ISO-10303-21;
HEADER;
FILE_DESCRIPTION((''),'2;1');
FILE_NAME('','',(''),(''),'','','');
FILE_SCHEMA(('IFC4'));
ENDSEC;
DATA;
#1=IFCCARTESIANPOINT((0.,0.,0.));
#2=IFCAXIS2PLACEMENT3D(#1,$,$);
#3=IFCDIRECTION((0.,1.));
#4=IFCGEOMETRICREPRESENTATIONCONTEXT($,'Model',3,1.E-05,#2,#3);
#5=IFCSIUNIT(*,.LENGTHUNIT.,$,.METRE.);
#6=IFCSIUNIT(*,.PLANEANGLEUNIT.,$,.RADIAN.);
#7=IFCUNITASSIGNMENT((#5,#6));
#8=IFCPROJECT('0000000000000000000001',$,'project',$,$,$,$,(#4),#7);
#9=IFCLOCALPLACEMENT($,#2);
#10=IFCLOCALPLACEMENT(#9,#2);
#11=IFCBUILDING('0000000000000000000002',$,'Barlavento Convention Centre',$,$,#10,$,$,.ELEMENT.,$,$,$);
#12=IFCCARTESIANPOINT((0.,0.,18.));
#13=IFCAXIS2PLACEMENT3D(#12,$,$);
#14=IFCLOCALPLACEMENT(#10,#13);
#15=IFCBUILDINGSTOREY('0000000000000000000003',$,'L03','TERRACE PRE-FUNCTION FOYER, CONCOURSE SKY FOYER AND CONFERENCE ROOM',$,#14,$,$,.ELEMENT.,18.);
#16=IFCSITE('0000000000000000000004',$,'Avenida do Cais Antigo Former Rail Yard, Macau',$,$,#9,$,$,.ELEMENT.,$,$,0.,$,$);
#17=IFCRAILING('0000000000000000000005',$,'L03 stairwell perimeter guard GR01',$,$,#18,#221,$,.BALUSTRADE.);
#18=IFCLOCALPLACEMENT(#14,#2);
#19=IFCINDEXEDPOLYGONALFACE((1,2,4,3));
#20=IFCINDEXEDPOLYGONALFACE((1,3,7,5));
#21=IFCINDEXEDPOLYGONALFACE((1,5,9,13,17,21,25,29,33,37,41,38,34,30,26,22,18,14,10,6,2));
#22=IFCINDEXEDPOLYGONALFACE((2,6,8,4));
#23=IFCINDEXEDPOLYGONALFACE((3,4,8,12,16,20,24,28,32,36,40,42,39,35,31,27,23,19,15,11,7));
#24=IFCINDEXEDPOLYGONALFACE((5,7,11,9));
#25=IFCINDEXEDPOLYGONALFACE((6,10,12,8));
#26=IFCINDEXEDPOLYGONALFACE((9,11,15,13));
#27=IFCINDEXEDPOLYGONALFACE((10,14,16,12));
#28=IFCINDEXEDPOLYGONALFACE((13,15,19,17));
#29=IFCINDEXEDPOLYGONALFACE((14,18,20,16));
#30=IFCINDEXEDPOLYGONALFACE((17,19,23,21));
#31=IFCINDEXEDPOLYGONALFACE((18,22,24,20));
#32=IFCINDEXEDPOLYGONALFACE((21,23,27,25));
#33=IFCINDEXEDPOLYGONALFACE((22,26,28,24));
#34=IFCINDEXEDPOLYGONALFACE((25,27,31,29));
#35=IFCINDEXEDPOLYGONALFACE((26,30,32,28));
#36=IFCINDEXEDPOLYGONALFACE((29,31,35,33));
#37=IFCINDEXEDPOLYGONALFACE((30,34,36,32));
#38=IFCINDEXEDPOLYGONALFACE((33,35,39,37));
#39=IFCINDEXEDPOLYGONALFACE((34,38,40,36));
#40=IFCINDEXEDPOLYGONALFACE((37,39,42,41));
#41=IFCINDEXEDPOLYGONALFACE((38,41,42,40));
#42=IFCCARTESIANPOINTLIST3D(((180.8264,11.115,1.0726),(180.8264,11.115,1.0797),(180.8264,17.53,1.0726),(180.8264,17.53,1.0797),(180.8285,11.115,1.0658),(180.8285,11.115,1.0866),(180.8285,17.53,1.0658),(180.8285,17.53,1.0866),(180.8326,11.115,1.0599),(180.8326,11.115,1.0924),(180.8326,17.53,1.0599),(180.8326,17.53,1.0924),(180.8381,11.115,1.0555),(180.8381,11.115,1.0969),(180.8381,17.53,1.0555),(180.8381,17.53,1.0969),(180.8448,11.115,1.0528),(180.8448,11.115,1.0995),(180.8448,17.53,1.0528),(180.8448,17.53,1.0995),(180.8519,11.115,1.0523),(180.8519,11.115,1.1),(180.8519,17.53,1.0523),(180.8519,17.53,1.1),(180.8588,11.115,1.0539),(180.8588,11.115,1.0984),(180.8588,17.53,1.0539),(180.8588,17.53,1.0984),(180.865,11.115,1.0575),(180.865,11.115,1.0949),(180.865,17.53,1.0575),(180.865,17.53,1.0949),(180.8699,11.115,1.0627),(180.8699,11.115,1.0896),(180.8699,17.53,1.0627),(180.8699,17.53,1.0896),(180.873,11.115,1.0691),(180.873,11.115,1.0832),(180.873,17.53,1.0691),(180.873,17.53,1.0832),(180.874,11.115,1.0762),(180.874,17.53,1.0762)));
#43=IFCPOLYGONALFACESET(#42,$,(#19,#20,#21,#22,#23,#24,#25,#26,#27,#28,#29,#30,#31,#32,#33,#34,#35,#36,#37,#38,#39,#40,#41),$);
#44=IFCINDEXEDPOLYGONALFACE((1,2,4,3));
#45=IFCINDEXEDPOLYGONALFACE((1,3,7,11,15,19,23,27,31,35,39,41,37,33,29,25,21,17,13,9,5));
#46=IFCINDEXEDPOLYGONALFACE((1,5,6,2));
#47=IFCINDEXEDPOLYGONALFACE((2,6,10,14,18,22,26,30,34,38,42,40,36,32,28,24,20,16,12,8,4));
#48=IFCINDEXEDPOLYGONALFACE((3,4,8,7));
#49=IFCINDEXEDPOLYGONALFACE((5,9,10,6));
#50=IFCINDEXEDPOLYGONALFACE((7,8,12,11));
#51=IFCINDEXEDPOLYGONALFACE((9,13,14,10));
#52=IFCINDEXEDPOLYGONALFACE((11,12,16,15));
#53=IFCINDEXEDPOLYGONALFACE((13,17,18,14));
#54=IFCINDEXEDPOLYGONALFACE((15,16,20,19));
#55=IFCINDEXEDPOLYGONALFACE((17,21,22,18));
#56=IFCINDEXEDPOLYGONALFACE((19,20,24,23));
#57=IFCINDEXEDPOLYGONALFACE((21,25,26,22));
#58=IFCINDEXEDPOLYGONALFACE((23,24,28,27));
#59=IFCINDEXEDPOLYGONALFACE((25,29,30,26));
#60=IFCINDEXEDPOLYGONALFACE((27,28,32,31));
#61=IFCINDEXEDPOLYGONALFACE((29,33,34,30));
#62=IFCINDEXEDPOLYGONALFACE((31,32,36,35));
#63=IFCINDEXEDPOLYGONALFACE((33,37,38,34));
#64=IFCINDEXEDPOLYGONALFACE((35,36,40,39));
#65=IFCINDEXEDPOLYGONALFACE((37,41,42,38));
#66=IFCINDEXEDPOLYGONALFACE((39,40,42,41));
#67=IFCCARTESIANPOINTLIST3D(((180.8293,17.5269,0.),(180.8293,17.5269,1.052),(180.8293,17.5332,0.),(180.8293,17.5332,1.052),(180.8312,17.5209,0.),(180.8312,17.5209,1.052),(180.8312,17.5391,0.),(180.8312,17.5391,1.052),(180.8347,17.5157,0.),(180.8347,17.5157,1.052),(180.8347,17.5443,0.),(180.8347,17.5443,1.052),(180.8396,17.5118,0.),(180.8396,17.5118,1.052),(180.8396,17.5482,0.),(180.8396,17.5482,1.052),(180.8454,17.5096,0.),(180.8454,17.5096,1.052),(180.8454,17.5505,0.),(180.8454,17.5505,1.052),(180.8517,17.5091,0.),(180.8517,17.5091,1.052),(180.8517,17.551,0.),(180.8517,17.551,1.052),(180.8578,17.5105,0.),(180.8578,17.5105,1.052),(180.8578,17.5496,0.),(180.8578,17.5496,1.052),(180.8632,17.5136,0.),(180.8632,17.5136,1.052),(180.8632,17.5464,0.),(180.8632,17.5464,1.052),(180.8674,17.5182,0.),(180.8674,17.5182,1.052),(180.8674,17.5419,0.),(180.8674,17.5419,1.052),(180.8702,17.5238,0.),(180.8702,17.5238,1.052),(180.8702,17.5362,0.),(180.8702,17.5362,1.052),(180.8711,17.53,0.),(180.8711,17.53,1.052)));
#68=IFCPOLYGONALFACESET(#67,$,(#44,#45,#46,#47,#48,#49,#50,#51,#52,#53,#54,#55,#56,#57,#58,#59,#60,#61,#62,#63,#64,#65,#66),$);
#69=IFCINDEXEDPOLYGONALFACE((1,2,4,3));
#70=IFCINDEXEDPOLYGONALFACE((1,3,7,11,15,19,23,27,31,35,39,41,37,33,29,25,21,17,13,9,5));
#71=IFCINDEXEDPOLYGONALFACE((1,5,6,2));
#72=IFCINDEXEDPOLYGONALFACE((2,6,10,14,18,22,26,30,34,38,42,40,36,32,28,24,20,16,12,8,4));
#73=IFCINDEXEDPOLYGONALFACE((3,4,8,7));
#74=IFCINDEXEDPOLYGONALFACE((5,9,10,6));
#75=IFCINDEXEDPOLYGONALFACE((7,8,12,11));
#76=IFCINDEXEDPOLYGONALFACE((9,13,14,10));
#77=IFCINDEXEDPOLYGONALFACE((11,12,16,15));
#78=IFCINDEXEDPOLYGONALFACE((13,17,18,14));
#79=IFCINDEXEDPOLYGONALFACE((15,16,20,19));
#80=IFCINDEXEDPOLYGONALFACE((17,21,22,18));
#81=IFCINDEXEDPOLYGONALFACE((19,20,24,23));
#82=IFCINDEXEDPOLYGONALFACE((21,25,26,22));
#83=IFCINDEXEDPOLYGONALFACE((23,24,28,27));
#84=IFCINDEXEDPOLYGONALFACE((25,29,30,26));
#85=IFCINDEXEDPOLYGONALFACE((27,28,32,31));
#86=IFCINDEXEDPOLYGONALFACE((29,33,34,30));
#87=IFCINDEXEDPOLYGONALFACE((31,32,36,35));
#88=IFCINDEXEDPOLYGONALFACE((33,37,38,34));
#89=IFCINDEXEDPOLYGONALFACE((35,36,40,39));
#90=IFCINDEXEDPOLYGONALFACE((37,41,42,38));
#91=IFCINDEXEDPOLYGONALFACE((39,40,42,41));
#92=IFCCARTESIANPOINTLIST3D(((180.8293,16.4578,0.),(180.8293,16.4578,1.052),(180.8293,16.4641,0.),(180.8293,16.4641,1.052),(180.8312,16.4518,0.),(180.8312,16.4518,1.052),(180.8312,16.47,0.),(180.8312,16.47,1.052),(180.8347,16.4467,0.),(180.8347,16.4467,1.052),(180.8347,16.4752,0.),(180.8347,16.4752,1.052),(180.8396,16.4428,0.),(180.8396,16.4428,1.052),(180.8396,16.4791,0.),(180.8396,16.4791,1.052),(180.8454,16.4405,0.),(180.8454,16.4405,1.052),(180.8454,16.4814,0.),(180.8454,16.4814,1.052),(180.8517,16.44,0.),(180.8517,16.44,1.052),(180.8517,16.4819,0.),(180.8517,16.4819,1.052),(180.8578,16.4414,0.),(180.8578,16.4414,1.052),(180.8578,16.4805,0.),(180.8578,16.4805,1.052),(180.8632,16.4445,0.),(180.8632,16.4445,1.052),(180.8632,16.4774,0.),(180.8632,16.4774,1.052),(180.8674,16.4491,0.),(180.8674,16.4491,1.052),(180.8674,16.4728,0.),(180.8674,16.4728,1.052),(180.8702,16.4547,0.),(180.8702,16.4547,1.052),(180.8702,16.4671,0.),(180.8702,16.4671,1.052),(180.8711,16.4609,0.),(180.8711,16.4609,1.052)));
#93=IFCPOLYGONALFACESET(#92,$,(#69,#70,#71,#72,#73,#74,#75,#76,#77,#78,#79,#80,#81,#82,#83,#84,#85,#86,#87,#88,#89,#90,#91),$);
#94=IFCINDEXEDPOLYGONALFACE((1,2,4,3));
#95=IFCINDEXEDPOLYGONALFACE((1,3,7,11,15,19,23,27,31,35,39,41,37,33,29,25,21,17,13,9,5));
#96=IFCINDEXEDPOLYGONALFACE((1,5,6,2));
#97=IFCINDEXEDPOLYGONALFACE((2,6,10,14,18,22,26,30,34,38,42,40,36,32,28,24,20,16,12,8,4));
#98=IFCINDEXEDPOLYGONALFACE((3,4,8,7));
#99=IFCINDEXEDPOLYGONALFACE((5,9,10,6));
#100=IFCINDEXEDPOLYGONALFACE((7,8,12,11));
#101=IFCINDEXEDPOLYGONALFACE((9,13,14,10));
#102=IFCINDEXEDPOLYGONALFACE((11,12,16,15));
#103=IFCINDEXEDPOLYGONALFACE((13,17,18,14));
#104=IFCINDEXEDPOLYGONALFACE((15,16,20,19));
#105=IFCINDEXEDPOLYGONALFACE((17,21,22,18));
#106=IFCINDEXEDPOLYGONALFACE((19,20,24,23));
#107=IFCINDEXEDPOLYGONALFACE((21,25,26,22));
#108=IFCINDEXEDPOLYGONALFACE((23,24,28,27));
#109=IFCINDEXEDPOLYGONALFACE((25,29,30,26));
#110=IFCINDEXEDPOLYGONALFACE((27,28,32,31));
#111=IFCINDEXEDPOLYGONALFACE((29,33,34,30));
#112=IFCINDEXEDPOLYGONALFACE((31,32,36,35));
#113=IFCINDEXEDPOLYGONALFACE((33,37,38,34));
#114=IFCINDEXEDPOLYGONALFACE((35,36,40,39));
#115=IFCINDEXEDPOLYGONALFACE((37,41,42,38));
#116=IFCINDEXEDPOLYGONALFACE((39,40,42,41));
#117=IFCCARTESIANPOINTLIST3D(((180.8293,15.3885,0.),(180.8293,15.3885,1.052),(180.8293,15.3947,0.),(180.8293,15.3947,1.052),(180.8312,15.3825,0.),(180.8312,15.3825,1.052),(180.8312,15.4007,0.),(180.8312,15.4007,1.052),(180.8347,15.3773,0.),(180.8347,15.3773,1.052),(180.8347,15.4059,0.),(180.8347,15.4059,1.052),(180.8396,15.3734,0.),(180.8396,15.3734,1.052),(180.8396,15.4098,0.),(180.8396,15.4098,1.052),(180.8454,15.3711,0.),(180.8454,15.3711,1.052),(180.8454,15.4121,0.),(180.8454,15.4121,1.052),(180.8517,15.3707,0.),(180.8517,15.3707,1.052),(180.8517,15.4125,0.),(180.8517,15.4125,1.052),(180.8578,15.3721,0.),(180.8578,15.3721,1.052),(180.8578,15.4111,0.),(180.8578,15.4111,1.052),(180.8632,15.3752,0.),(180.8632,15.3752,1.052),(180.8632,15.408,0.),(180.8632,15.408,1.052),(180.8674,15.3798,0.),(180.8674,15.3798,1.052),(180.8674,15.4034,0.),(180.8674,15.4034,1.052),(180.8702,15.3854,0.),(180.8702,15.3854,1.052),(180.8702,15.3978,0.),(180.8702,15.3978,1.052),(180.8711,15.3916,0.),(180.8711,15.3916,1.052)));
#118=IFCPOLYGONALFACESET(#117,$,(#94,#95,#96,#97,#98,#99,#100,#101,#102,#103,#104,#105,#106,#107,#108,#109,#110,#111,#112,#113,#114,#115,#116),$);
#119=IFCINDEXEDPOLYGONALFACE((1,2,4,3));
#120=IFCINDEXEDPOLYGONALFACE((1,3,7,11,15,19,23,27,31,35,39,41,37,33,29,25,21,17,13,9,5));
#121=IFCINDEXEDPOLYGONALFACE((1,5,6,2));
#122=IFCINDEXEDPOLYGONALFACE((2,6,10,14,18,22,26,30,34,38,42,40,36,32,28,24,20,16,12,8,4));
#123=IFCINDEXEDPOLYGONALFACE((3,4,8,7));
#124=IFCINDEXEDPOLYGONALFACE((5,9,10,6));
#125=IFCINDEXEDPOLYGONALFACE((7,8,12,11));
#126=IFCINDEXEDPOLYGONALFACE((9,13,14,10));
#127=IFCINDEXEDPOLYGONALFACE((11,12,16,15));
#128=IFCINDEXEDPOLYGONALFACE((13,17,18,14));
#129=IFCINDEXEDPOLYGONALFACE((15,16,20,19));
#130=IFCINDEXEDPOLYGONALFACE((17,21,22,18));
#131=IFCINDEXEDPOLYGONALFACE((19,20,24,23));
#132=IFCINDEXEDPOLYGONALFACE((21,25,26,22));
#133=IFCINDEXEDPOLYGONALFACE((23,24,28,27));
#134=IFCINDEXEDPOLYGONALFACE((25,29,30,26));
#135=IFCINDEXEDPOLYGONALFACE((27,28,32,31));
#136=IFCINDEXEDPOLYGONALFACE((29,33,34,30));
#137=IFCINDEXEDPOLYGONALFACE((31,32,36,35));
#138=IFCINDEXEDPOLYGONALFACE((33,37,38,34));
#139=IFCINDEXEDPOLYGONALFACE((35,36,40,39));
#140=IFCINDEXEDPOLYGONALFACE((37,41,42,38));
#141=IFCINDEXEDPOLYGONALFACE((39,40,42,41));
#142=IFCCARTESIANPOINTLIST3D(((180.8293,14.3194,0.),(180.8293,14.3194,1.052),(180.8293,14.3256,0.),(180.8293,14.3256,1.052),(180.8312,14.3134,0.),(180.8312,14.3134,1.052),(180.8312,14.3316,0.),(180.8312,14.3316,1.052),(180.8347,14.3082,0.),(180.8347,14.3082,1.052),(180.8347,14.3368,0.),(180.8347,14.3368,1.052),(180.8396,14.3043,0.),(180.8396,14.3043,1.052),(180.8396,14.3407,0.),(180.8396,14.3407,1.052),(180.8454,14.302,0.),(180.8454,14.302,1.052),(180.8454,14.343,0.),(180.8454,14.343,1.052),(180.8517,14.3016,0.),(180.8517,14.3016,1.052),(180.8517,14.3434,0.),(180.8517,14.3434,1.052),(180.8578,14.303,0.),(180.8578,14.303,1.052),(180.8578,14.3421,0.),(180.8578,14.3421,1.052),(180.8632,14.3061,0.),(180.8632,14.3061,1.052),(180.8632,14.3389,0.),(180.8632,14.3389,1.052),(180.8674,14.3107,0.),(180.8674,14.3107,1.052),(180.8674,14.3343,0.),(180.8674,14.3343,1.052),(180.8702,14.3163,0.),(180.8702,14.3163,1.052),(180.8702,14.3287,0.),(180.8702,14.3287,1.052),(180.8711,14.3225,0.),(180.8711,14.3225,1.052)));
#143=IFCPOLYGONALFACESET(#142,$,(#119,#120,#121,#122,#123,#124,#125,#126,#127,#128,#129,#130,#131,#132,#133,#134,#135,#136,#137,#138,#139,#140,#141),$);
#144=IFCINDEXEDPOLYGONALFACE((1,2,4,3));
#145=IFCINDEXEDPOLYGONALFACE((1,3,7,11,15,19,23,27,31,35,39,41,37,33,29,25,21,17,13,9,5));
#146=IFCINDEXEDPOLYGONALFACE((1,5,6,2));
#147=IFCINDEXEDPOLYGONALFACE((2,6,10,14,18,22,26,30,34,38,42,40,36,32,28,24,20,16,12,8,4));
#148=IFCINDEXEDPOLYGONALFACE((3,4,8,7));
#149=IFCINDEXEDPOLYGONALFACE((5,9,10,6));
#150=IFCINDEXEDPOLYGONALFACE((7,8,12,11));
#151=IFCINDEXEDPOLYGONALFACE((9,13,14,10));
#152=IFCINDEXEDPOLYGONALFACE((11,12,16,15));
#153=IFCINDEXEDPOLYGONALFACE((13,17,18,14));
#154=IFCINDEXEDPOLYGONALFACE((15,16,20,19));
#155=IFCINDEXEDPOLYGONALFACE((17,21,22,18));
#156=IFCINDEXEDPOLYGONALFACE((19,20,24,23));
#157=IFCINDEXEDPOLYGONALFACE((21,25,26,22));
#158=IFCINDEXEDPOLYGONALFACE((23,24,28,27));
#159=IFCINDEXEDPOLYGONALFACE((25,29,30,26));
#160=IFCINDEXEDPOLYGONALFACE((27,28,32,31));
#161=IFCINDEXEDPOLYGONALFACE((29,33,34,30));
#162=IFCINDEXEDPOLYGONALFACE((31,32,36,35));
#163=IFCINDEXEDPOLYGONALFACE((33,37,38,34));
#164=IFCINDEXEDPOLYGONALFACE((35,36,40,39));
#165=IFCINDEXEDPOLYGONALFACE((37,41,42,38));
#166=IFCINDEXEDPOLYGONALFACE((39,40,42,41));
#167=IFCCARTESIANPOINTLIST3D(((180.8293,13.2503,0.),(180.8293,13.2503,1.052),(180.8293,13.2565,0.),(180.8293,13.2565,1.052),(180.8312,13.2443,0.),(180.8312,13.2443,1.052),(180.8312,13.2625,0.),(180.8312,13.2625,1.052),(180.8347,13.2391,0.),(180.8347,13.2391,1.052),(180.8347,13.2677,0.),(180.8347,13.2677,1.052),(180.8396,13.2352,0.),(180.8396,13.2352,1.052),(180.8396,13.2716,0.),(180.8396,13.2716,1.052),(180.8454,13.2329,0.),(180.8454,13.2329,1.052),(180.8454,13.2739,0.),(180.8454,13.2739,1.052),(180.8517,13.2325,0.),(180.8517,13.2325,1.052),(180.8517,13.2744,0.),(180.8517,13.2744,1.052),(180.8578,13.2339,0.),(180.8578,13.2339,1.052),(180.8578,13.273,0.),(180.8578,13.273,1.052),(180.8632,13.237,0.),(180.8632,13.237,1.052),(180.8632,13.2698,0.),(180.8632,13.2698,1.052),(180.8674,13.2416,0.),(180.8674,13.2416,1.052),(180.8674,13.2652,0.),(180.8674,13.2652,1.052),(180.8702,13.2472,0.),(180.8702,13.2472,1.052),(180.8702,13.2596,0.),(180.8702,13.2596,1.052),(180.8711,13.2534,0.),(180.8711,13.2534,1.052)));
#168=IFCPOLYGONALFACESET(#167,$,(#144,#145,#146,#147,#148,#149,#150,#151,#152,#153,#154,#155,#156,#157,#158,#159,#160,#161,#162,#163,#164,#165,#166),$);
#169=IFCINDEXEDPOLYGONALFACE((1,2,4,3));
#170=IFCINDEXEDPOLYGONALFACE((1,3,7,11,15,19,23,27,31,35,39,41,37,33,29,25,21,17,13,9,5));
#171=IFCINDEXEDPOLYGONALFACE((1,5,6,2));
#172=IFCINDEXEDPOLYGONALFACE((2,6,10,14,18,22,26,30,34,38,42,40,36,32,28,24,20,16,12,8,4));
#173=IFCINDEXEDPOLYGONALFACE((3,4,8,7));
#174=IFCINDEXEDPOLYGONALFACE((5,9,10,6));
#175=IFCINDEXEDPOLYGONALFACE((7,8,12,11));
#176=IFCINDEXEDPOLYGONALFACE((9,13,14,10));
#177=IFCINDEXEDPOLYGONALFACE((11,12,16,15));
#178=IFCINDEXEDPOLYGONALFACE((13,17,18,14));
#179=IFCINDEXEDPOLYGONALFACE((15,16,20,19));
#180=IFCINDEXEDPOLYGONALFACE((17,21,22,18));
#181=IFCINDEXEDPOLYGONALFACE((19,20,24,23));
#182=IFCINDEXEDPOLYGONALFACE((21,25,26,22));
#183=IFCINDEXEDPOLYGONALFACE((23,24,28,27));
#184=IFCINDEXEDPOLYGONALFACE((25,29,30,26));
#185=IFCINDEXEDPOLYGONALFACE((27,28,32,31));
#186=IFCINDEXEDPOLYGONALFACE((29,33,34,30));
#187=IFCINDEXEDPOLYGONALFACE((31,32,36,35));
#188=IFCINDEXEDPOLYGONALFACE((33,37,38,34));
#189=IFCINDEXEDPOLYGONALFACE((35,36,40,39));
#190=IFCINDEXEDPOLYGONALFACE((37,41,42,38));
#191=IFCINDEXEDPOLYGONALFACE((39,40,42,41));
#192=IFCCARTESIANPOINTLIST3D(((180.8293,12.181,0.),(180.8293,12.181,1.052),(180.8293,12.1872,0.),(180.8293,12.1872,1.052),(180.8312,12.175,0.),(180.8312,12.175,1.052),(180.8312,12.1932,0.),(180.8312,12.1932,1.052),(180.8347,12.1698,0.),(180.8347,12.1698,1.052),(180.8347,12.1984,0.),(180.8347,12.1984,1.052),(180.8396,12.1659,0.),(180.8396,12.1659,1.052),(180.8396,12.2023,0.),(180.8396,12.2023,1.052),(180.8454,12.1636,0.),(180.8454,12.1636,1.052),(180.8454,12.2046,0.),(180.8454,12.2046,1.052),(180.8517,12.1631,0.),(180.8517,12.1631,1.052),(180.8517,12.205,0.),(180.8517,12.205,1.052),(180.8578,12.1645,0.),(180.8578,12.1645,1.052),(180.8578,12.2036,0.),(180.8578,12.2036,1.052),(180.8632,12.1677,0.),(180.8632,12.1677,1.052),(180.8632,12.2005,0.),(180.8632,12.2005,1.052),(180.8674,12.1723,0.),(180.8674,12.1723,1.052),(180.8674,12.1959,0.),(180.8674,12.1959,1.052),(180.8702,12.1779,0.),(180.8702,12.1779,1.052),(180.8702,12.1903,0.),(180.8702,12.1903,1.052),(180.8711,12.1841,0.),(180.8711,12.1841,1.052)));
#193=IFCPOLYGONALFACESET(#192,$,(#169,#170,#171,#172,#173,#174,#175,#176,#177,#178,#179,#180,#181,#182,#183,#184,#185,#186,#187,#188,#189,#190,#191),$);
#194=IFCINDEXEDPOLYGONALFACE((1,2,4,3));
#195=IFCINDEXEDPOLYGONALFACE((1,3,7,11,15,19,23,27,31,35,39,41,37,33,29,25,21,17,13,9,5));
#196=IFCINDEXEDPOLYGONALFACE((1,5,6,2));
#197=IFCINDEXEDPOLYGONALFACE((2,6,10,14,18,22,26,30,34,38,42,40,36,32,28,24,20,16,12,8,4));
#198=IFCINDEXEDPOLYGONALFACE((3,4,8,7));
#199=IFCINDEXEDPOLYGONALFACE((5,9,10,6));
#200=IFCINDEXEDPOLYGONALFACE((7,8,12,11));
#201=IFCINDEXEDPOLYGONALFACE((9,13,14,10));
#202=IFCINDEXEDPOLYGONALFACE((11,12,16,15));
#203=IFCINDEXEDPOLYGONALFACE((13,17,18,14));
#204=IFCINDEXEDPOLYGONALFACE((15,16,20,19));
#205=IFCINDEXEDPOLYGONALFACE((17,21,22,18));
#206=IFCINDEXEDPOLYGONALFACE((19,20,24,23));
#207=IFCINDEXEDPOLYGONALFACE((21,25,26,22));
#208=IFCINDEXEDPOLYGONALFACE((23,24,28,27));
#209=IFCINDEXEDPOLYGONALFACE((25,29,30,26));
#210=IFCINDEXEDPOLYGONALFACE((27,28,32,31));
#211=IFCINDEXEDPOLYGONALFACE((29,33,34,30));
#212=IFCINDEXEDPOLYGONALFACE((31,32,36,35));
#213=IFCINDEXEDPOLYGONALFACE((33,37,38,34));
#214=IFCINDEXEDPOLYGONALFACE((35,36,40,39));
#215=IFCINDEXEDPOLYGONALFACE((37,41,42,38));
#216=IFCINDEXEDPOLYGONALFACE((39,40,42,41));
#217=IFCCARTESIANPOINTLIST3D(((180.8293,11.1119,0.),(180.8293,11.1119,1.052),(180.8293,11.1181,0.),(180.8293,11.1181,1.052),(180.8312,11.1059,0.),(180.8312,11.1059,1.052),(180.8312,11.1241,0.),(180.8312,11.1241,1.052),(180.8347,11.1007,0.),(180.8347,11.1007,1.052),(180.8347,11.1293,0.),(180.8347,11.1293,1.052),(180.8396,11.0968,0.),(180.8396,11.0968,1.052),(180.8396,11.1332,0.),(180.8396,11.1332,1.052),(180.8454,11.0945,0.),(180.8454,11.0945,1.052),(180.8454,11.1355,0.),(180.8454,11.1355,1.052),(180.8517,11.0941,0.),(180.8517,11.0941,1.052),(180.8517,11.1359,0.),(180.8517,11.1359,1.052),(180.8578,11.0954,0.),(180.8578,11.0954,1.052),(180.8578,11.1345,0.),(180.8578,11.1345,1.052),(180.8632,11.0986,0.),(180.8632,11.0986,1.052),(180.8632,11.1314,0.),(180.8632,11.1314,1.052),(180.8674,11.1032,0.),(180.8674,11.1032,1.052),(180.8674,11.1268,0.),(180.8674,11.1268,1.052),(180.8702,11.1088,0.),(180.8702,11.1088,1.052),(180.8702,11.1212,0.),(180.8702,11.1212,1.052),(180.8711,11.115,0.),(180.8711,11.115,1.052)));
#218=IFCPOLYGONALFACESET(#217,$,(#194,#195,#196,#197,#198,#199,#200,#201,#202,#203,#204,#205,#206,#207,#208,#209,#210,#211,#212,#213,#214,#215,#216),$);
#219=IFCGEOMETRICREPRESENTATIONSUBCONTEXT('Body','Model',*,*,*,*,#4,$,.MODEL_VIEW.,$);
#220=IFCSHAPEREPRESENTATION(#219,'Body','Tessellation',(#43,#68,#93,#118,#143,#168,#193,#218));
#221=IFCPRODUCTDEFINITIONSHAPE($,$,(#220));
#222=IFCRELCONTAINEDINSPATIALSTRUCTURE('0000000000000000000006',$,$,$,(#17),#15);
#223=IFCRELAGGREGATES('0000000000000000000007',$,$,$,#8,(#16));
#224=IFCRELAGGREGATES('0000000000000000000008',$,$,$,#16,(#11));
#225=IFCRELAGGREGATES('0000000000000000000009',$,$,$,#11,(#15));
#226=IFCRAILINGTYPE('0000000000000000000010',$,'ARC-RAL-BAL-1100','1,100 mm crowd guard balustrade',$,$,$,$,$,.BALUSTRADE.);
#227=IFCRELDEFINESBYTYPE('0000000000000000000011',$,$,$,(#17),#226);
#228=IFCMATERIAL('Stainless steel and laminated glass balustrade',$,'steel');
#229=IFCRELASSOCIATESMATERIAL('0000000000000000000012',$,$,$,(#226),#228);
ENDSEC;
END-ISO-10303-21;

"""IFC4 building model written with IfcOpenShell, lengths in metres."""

from ifc_helpers import new_model, si_unit, direction, frame, origin, origin_2d, place, context, subcontext, project, spatial, circle, extrude, material, type_object, element, save


model = new_model("IFC4")

# Units and contexts
model_context = context("Model", 3, precision=1e-05, world=origin(), true_north=direction((0.0, 1.0)))
body_context = subcontext(model_context, "Body", "Model", "MODEL_VIEW")
ifc_project = project(units=[si_unit("LENGTHUNIT", "METRE"), si_unit("PLANEANGLEUNIT", "RADIAN")], contexts=[model_context])

# Site, building, storey
site_placement = place(None, origin())
site = spatial("IfcSite", under=ifc_project, at=site_placement, Name="Avenida do Cais Antigo Former Rail Yard, Macau", CompositionType="ELEMENT", RefElevation=0.0)
building_placement = place(site_placement, origin())
building = spatial("IfcBuilding", under=site, at=building_placement, Name="Barlavento Convention Centre", CompositionType="ELEMENT")
storey_placement = place(building_placement, frame((0.0, 0.0, 18.0)))
storey = spatial("IfcBuildingStorey", under=building, at=storey_placement, Name="L03", Description="TERRACE PRE-FUNCTION FOYER, CONCOURSE SKY FOYER AND CONFERENCE ROOM", CompositionType="ELEMENT", Elevation=18.0)

# Railing
ifc_material_1 = material(Name="Stainless steel and laminated glass balustrade", Category="steel")
railing_type = type_object("IfcRailingType", Name="ARC-RAL-BAL-1100", Description="1,100 mm crowd guard balustrade", PredefinedType="BALUSTRADE", material=ifc_material_1)
railing_1_placement = place(storey_placement, frame((180.8501, 17.53, 0.0)))
element("IfcRailing", 1, at=railing_1_placement, inside=storey, type_object=railing_type, Name="L03 stairwell perimeter guard GR01", PredefinedType="BALUSTRADE", context=body_context, shape_type="SweptSolid", body=[
    extrude(circle(Radius=0.0239, at=origin_2d()), frame((0.0, 0.0, 1.0762), z_axis=(0.0, -1.0, 0.0), x_axis=(1.0, 0.0, 0.0)), (0.0, 0.0, 1.0), 6.415),
    extrude(circle(Radius=0.021, at=origin_2d()), origin(), (0.0, 0.0, 1.0), 1.052),
    extrude(circle(Radius=0.021, at=origin_2d()), frame((0.0, -1.0691, 0.0)), (0.0, 0.0, 1.0), 1.052),
    extrude(circle(Radius=0.021, at=origin_2d()), frame((0.0, -2.1384, 0.0)), (0.0, 0.0, 1.0), 1.052),
    extrude(circle(Radius=0.021, at=origin_2d()), frame((0.0, -3.2075, 0.0)), (0.0, 0.0, 1.0), 1.052),
    extrude(circle(Radius=0.021, at=origin_2d()), frame((0.0, -4.2766, 0.0)), (0.0, 0.0, 1.0), 1.052),
    extrude(circle(Radius=0.021, at=origin_2d()), frame((0.0, -5.3459, 0.0)), (0.0, 0.0, 1.0), 1.052),
    extrude(circle(Radius=0.021, at=origin_2d()), frame((0.0, -6.415, 0.0)), (0.0, 0.0, 1.0), 1.052),
])

save(model, "model.ifc")
